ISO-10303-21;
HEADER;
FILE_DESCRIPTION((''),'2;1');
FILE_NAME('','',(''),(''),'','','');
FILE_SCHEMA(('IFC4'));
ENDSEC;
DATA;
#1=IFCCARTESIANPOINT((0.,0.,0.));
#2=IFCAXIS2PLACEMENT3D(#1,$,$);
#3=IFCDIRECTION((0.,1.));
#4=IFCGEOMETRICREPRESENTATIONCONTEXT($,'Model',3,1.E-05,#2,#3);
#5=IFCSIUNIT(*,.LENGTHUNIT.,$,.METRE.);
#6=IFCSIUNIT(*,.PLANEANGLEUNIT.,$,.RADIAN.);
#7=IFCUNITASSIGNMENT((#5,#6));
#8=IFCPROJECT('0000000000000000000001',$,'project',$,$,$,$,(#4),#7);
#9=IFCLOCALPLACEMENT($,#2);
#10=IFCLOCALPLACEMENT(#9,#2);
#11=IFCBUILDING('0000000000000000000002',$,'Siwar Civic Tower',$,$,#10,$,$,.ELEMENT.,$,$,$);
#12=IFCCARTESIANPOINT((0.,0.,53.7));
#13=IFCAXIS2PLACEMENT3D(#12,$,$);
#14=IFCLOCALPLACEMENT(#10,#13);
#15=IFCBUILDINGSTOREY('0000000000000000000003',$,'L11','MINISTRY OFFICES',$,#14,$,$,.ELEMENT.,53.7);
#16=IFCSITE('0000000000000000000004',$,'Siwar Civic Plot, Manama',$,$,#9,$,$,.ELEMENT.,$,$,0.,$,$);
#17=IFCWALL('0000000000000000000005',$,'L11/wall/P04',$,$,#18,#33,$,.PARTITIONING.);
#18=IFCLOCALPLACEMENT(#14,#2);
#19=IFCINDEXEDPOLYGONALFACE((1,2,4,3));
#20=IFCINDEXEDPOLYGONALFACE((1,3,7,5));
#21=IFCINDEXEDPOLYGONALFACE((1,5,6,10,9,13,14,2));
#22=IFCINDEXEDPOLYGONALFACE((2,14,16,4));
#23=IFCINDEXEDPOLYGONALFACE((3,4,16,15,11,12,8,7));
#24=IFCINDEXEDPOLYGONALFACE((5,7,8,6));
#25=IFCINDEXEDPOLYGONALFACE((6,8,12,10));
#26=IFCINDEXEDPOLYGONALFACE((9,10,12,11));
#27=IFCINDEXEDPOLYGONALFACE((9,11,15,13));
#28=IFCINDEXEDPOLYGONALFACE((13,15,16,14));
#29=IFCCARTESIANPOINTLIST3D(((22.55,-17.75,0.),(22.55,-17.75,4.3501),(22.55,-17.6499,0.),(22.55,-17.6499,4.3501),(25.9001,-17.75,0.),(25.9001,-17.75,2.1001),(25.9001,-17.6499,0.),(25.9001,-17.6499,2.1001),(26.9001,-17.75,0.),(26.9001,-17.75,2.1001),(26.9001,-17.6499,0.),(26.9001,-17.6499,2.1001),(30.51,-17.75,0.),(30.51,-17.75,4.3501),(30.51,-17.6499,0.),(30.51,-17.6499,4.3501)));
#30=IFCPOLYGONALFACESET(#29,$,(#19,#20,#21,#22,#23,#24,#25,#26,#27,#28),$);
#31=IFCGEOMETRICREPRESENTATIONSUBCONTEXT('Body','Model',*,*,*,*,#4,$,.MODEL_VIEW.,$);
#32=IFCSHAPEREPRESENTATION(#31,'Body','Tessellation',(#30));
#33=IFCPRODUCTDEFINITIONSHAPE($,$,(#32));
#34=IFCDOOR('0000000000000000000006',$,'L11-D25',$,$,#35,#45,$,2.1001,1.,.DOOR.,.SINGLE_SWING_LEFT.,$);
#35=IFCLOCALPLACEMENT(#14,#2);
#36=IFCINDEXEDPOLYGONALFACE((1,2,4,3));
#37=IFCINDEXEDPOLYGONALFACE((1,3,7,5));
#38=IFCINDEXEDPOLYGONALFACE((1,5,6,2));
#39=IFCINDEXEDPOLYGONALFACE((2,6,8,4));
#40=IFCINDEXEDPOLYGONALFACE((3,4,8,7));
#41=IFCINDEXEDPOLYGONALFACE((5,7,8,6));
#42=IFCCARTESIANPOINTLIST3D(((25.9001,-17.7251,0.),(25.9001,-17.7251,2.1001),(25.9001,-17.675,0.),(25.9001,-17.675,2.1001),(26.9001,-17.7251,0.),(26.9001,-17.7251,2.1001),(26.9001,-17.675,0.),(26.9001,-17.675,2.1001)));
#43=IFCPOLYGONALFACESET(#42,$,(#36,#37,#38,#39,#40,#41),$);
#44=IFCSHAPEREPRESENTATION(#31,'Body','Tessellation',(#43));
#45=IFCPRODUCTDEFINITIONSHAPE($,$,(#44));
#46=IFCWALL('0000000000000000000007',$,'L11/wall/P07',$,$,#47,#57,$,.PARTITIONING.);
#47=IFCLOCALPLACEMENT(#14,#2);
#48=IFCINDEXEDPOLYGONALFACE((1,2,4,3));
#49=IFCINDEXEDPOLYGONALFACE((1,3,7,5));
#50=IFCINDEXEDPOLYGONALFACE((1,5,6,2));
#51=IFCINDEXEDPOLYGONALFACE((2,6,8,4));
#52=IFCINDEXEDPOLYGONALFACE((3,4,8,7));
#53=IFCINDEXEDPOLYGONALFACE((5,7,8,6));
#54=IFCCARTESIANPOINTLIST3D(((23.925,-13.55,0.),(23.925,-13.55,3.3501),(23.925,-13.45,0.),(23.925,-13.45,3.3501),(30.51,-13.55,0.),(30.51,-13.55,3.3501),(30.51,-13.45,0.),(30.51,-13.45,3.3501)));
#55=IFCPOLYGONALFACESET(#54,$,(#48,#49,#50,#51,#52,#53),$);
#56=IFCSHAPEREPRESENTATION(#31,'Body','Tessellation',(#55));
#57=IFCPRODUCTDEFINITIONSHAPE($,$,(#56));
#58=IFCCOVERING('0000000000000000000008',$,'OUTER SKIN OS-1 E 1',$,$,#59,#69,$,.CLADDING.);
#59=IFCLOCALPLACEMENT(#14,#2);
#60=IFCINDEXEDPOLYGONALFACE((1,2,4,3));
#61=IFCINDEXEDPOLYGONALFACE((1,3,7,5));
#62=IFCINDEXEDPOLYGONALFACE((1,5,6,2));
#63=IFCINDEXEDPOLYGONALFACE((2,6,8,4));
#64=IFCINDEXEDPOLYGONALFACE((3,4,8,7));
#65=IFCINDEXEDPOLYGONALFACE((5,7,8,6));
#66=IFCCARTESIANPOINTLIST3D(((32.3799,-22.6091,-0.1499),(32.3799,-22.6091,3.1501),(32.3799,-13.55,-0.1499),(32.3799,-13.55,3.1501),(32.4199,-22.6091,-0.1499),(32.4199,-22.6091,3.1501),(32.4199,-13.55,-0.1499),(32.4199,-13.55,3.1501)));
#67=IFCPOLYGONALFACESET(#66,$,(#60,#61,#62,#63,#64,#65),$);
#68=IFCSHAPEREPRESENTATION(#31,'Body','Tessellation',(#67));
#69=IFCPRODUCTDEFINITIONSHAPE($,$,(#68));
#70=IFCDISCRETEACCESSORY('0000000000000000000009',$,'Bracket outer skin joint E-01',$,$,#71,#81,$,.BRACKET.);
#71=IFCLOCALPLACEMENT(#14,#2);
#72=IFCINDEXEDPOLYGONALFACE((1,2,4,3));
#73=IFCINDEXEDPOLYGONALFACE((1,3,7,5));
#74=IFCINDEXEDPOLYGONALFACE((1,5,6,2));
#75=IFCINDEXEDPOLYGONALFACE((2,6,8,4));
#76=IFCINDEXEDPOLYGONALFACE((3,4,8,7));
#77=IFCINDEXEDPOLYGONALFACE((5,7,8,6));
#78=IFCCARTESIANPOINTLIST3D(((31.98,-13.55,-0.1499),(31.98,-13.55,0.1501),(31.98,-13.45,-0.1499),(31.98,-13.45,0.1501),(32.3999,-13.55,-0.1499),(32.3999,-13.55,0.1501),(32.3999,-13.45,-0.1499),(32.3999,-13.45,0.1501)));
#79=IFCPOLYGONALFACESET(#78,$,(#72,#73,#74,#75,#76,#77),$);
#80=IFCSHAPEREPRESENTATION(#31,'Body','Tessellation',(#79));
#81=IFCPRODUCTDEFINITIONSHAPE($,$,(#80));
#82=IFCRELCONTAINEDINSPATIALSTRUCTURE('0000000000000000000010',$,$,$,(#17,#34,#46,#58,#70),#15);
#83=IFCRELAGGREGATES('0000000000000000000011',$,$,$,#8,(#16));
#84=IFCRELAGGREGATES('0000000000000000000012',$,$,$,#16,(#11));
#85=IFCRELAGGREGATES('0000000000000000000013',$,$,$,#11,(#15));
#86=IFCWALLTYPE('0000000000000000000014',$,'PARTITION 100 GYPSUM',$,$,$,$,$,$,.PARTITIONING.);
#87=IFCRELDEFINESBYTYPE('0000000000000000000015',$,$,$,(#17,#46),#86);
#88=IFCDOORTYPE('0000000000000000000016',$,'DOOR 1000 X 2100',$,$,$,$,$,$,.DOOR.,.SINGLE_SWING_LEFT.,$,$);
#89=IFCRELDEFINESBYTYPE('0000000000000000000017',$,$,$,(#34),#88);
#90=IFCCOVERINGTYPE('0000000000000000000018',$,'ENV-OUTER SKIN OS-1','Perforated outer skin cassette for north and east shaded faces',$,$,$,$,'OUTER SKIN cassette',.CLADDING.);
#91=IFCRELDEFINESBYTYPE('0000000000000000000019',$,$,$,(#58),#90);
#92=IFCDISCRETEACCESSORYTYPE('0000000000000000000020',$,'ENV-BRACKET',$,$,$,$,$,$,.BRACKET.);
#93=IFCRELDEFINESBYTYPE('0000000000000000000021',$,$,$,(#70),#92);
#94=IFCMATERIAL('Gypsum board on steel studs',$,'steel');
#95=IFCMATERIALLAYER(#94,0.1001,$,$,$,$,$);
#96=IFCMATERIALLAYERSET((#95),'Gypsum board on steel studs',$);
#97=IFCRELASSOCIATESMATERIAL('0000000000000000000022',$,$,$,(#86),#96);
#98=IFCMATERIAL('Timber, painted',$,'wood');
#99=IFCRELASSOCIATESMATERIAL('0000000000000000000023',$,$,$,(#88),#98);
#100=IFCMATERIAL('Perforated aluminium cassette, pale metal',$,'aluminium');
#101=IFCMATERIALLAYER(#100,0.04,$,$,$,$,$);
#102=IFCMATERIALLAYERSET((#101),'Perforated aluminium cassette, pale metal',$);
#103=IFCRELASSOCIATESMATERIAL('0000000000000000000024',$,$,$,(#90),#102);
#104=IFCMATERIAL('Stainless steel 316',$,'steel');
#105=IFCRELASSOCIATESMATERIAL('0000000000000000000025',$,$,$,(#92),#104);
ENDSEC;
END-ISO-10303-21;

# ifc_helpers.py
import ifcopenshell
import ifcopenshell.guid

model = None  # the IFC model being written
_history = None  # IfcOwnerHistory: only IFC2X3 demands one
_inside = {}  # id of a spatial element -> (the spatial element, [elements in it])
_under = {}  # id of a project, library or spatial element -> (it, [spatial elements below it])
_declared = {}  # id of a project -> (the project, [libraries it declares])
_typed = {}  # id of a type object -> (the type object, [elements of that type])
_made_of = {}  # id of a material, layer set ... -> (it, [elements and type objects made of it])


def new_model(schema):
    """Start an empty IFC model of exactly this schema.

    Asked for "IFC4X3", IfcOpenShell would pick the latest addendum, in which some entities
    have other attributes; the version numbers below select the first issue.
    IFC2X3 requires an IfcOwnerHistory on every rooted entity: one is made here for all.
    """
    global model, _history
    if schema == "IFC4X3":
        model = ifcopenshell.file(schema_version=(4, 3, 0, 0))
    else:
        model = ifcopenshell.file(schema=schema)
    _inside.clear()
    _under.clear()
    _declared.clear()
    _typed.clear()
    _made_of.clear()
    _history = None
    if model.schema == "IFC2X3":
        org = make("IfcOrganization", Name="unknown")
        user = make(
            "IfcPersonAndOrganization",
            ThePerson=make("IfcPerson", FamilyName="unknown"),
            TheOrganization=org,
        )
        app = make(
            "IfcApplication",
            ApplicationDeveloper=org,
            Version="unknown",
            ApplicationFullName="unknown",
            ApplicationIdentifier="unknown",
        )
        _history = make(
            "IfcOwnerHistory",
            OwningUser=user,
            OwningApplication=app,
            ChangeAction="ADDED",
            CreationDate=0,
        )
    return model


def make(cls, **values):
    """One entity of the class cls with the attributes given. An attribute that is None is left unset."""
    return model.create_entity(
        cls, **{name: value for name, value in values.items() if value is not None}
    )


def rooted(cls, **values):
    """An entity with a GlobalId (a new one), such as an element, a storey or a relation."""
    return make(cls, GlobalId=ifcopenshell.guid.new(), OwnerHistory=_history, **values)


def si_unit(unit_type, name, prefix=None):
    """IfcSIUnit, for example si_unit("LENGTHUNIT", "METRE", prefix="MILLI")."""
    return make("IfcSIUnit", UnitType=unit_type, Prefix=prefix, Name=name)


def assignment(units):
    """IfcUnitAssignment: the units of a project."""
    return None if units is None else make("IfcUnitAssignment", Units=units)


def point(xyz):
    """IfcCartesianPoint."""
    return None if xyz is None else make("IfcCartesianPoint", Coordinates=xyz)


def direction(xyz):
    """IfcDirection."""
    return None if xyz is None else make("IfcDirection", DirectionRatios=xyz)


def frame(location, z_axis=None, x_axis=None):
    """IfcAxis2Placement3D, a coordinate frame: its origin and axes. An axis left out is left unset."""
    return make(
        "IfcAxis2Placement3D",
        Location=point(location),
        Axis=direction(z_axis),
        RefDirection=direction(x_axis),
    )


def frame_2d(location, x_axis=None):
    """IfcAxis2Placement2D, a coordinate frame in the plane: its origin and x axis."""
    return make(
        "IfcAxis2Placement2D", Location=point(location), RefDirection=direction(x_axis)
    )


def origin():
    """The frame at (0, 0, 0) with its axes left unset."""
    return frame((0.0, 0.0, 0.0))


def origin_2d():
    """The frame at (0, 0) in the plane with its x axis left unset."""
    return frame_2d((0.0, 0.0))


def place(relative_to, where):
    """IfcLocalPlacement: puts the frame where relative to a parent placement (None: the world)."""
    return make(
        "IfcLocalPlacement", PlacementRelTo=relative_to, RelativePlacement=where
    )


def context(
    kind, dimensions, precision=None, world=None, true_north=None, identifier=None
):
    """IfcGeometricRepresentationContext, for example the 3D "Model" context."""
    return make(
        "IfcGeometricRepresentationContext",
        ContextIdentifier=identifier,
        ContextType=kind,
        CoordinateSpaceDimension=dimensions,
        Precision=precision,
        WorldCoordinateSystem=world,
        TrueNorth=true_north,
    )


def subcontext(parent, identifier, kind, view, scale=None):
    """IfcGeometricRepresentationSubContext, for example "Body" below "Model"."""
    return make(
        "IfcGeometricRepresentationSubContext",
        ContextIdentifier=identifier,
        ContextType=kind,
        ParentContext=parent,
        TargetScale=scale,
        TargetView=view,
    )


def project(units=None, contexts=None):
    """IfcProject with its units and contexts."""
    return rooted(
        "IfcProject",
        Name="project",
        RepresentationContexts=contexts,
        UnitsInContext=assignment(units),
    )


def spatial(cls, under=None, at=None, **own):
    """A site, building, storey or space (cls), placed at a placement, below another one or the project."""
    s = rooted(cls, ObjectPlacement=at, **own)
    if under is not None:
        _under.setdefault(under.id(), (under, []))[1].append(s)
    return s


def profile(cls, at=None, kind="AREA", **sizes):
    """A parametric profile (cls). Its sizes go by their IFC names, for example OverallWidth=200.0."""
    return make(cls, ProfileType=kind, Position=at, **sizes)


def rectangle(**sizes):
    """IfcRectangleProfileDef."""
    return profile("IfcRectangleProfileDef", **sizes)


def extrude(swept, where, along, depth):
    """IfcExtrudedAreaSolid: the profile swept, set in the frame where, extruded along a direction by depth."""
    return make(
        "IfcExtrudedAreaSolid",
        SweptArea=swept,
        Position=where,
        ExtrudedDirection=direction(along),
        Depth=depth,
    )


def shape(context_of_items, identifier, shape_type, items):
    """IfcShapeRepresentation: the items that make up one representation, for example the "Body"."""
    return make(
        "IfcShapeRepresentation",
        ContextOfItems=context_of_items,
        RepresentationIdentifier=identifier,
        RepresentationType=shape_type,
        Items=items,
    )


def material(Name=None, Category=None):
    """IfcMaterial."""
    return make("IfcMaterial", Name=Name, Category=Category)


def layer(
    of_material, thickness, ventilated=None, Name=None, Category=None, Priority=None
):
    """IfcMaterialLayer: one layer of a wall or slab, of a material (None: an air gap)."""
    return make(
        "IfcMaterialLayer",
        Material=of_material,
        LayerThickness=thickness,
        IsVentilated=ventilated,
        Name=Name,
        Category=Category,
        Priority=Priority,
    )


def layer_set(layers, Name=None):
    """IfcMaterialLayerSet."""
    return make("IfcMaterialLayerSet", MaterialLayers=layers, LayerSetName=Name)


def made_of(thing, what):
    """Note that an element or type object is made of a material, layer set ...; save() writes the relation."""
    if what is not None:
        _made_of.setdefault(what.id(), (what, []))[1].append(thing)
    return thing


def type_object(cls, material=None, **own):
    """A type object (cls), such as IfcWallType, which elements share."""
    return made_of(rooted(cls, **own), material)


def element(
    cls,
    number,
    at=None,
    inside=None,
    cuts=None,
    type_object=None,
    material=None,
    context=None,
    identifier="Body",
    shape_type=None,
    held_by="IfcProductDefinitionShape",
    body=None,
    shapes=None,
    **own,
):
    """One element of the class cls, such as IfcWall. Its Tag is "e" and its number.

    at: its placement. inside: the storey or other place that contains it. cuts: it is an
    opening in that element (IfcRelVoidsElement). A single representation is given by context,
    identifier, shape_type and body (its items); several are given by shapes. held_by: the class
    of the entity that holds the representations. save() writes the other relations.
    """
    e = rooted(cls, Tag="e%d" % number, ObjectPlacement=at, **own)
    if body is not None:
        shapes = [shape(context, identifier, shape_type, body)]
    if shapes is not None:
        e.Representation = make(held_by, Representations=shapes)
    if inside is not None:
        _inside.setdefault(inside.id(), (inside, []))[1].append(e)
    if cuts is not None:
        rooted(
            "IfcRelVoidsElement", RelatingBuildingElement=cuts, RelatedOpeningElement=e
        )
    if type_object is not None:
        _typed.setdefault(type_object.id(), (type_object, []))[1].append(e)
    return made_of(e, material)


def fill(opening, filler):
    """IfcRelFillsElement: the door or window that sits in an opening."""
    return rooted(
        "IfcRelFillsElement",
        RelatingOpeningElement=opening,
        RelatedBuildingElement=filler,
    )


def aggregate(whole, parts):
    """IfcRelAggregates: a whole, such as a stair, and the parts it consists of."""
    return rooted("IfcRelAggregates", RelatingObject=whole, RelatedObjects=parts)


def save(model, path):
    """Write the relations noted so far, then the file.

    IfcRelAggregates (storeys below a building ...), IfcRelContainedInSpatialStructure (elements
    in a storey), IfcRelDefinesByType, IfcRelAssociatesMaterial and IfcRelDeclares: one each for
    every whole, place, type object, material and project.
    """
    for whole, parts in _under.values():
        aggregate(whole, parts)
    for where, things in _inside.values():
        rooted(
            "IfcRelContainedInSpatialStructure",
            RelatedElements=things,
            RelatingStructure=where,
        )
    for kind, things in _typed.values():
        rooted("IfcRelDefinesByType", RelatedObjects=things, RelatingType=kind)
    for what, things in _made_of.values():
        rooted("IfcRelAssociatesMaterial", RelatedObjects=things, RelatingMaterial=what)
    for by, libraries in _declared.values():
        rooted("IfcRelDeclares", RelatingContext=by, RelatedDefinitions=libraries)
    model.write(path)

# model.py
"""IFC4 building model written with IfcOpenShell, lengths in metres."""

from ifc_helpers import new_model, si_unit, direction, frame, frame_2d, origin, origin_2d, place, context, subcontext, project, spatial, rectangle, extrude, material, layer, layer_set, type_object, element, fill, save


model = new_model("IFC4")

# Units and contexts
model_context = context("Model", 3, precision=1e-05, world=origin(), true_north=direction((0.0, 1.0)))
body_context = subcontext(model_context, "Body", "Model", "MODEL_VIEW")
ifc_project = project(units=[si_unit("LENGTHUNIT", "METRE"), si_unit("PLANEANGLEUNIT", "RADIAN")], contexts=[model_context])

# Site, building, storey
site_placement = place(None, origin())
site = spatial("IfcSite", under=ifc_project, at=site_placement, Name="Siwar Civic Plot, Manama", CompositionType="ELEMENT", RefElevation=0.0)
building_placement = place(site_placement, origin())
building = spatial("IfcBuilding", under=site, at=building_placement, Name="Siwar Civic Tower", CompositionType="ELEMENT")
storey_placement = place(building_placement, frame((0.0, 0.0, 53.7)))
storey = spatial("IfcBuildingStorey", under=building, at=storey_placement, Name="L11", Description="MINISTRY OFFICES", CompositionType="ELEMENT", Elevation=53.7)

# Wall, opening, door
ifc_material_1 = material(Name="Gypsum board on steel studs", Category="steel")
ifc_layer_1 = layer(ifc_material_1, 0.1001)
ifc_layer_set_1 = layer_set([ifc_layer_1], Name="Gypsum board on steel studs")
wall_type_1 = type_object("IfcWallType", Name="PARTITION 100 GYPSUM", PredefinedType="PARTITIONING", material=ifc_layer_set_1)
wall_1_placement = place(storey_placement, frame((22.55, -17.7, 0.0), z_axis=(0.0, 0.0, 1.0), x_axis=(1.0, 0.0, 0.0)))
wall_1 = element("IfcWall", 1, at=wall_1_placement, inside=storey, type_object=wall_type_1, Name="L11/wall/P04", PredefinedType="PARTITIONING", context=body_context, shape_type="SweptSolid", body=[
    extrude(rectangle(XDim=7.96, YDim=0.1001, at=frame_2d((3.98, 0.0))), origin(), (0.0, 0.0, 1.0), 4.3501),
])
opening_1_placement = place(wall_1_placement, frame((3.3501, 0.0, 0.0)))
opening_1 = element("IfcOpeningElement", 2, at=opening_1_placement, cuts=wall_1, PredefinedType="OPENING", context=body_context, shape_type="SweptSolid", body=[
    extrude(rectangle(XDim=1.0, YDim=2.1001, at=frame_2d((0.5, 1.05))), frame((0.0, 0.0601, 0.0), z_axis=(0.0, -1.0, 0.0), x_axis=(1.0, 0.0, 0.0)), (0.0, 0.0, 1.0), 0.1201),
])
ifc_material_2 = material(Name="Timber, painted", Category="wood")
door_type_1 = type_object("IfcDoorType", Name="DOOR 1000 X 2100", OperationType="SINGLE_SWING_LEFT", PredefinedType="DOOR", material=ifc_material_2)
door_1_placement = place(opening_1_placement, origin())
door_1 = element("IfcDoor", 3, at=door_1_placement, inside=storey, type_object=door_type_1, Name="L11-D25", OperationType="SINGLE_SWING_LEFT", OverallHeight=2.1001, OverallWidth=1.0, PredefinedType="DOOR", context=body_context, shape_type="SweptSolid", body=[
    extrude(rectangle(XDim=1.0, YDim=2.1001, at=frame_2d((0.5, 1.05))), frame((0.0, 0.0249, 0.0), z_axis=(0.0, -1.0, 0.0), x_axis=(1.0, 0.0, 0.0)), (0.0, 0.0, 1.0), 0.05),
])
fill(opening_1, door_1)

# Wall
wall_2_placement = place(storey_placement, frame((23.925, -13.5, 0.0), z_axis=(0.0, 0.0, 1.0), x_axis=(1.0, 0.0, 0.0)))
element("IfcWall", 4, at=wall_2_placement, inside=storey, type_object=wall_type_1, Name="L11/wall/P07", PredefinedType="PARTITIONING", context=body_context, shape_type="SweptSolid", body=[
    extrude(rectangle(XDim=6.585, YDim=0.1001, at=frame_2d((3.2925, 0.0))), origin(), (0.0, 0.0, 1.0), 3.3501),
])

# Covering
ifc_material_3 = material(Name="Perforated aluminium cassette, pale metal", Category="aluminium")
ifc_layer_2 = layer(ifc_material_3, 0.04)
ifc_layer_set_2 = layer_set([ifc_layer_2], Name="Perforated aluminium cassette, pale metal")
covering_type = type_object("IfcCoveringType", Name="ENV-OUTER SKIN OS-1", Description="Perforated outer skin cassette for north and east shaded faces", ElementType="OUTER SKIN cassette", PredefinedType="CLADDING", material=ifc_layer_set_2)
covering_placement = place(storey_placement, frame((32.3999, -18.0796, -0.1499), z_axis=(0.0, 0.0, 1.0), x_axis=(0.0, 1.0, 0.0)))
element("IfcCovering", 5, at=covering_placement, inside=storey, type_object=covering_type, Name="OUTER SKIN OS-1 E 1", PredefinedType="CLADDING", context=body_context, shape_type="SweptSolid", body=[
    extrude(rectangle(XDim=9.0591, YDim=0.04, at=origin_2d()), origin(), (0.0, 0.0, 1.0), 3.3),
])

# Discrete accessory
ifc_material_4 = material(Name="Stainless steel 316", Category="steel")
discrete_accessory_type = type_object("IfcDiscreteAccessoryType", Name="ENV-BRACKET", PredefinedType="BRACKET", material=ifc_material_4)
discrete_accessory_placement = place(storey_placement, frame((32.1899, -13.5, -0.1499), z_axis=(0.0, 0.0, 1.0), x_axis=(1.0, 0.0, 0.0)))
element("IfcDiscreteAccessory", 6, at=discrete_accessory_placement, inside=storey, type_object=discrete_accessory_type, Name="Bracket outer skin joint E-01", PredefinedType="BRACKET", context=body_context, shape_type="SweptSolid", body=[
    extrude(rectangle(XDim=0.4199, YDim=0.1001, at=origin_2d()), origin(), (0.0, 0.0, 1.0), 0.3),
])

save(model, "model.ifc")
